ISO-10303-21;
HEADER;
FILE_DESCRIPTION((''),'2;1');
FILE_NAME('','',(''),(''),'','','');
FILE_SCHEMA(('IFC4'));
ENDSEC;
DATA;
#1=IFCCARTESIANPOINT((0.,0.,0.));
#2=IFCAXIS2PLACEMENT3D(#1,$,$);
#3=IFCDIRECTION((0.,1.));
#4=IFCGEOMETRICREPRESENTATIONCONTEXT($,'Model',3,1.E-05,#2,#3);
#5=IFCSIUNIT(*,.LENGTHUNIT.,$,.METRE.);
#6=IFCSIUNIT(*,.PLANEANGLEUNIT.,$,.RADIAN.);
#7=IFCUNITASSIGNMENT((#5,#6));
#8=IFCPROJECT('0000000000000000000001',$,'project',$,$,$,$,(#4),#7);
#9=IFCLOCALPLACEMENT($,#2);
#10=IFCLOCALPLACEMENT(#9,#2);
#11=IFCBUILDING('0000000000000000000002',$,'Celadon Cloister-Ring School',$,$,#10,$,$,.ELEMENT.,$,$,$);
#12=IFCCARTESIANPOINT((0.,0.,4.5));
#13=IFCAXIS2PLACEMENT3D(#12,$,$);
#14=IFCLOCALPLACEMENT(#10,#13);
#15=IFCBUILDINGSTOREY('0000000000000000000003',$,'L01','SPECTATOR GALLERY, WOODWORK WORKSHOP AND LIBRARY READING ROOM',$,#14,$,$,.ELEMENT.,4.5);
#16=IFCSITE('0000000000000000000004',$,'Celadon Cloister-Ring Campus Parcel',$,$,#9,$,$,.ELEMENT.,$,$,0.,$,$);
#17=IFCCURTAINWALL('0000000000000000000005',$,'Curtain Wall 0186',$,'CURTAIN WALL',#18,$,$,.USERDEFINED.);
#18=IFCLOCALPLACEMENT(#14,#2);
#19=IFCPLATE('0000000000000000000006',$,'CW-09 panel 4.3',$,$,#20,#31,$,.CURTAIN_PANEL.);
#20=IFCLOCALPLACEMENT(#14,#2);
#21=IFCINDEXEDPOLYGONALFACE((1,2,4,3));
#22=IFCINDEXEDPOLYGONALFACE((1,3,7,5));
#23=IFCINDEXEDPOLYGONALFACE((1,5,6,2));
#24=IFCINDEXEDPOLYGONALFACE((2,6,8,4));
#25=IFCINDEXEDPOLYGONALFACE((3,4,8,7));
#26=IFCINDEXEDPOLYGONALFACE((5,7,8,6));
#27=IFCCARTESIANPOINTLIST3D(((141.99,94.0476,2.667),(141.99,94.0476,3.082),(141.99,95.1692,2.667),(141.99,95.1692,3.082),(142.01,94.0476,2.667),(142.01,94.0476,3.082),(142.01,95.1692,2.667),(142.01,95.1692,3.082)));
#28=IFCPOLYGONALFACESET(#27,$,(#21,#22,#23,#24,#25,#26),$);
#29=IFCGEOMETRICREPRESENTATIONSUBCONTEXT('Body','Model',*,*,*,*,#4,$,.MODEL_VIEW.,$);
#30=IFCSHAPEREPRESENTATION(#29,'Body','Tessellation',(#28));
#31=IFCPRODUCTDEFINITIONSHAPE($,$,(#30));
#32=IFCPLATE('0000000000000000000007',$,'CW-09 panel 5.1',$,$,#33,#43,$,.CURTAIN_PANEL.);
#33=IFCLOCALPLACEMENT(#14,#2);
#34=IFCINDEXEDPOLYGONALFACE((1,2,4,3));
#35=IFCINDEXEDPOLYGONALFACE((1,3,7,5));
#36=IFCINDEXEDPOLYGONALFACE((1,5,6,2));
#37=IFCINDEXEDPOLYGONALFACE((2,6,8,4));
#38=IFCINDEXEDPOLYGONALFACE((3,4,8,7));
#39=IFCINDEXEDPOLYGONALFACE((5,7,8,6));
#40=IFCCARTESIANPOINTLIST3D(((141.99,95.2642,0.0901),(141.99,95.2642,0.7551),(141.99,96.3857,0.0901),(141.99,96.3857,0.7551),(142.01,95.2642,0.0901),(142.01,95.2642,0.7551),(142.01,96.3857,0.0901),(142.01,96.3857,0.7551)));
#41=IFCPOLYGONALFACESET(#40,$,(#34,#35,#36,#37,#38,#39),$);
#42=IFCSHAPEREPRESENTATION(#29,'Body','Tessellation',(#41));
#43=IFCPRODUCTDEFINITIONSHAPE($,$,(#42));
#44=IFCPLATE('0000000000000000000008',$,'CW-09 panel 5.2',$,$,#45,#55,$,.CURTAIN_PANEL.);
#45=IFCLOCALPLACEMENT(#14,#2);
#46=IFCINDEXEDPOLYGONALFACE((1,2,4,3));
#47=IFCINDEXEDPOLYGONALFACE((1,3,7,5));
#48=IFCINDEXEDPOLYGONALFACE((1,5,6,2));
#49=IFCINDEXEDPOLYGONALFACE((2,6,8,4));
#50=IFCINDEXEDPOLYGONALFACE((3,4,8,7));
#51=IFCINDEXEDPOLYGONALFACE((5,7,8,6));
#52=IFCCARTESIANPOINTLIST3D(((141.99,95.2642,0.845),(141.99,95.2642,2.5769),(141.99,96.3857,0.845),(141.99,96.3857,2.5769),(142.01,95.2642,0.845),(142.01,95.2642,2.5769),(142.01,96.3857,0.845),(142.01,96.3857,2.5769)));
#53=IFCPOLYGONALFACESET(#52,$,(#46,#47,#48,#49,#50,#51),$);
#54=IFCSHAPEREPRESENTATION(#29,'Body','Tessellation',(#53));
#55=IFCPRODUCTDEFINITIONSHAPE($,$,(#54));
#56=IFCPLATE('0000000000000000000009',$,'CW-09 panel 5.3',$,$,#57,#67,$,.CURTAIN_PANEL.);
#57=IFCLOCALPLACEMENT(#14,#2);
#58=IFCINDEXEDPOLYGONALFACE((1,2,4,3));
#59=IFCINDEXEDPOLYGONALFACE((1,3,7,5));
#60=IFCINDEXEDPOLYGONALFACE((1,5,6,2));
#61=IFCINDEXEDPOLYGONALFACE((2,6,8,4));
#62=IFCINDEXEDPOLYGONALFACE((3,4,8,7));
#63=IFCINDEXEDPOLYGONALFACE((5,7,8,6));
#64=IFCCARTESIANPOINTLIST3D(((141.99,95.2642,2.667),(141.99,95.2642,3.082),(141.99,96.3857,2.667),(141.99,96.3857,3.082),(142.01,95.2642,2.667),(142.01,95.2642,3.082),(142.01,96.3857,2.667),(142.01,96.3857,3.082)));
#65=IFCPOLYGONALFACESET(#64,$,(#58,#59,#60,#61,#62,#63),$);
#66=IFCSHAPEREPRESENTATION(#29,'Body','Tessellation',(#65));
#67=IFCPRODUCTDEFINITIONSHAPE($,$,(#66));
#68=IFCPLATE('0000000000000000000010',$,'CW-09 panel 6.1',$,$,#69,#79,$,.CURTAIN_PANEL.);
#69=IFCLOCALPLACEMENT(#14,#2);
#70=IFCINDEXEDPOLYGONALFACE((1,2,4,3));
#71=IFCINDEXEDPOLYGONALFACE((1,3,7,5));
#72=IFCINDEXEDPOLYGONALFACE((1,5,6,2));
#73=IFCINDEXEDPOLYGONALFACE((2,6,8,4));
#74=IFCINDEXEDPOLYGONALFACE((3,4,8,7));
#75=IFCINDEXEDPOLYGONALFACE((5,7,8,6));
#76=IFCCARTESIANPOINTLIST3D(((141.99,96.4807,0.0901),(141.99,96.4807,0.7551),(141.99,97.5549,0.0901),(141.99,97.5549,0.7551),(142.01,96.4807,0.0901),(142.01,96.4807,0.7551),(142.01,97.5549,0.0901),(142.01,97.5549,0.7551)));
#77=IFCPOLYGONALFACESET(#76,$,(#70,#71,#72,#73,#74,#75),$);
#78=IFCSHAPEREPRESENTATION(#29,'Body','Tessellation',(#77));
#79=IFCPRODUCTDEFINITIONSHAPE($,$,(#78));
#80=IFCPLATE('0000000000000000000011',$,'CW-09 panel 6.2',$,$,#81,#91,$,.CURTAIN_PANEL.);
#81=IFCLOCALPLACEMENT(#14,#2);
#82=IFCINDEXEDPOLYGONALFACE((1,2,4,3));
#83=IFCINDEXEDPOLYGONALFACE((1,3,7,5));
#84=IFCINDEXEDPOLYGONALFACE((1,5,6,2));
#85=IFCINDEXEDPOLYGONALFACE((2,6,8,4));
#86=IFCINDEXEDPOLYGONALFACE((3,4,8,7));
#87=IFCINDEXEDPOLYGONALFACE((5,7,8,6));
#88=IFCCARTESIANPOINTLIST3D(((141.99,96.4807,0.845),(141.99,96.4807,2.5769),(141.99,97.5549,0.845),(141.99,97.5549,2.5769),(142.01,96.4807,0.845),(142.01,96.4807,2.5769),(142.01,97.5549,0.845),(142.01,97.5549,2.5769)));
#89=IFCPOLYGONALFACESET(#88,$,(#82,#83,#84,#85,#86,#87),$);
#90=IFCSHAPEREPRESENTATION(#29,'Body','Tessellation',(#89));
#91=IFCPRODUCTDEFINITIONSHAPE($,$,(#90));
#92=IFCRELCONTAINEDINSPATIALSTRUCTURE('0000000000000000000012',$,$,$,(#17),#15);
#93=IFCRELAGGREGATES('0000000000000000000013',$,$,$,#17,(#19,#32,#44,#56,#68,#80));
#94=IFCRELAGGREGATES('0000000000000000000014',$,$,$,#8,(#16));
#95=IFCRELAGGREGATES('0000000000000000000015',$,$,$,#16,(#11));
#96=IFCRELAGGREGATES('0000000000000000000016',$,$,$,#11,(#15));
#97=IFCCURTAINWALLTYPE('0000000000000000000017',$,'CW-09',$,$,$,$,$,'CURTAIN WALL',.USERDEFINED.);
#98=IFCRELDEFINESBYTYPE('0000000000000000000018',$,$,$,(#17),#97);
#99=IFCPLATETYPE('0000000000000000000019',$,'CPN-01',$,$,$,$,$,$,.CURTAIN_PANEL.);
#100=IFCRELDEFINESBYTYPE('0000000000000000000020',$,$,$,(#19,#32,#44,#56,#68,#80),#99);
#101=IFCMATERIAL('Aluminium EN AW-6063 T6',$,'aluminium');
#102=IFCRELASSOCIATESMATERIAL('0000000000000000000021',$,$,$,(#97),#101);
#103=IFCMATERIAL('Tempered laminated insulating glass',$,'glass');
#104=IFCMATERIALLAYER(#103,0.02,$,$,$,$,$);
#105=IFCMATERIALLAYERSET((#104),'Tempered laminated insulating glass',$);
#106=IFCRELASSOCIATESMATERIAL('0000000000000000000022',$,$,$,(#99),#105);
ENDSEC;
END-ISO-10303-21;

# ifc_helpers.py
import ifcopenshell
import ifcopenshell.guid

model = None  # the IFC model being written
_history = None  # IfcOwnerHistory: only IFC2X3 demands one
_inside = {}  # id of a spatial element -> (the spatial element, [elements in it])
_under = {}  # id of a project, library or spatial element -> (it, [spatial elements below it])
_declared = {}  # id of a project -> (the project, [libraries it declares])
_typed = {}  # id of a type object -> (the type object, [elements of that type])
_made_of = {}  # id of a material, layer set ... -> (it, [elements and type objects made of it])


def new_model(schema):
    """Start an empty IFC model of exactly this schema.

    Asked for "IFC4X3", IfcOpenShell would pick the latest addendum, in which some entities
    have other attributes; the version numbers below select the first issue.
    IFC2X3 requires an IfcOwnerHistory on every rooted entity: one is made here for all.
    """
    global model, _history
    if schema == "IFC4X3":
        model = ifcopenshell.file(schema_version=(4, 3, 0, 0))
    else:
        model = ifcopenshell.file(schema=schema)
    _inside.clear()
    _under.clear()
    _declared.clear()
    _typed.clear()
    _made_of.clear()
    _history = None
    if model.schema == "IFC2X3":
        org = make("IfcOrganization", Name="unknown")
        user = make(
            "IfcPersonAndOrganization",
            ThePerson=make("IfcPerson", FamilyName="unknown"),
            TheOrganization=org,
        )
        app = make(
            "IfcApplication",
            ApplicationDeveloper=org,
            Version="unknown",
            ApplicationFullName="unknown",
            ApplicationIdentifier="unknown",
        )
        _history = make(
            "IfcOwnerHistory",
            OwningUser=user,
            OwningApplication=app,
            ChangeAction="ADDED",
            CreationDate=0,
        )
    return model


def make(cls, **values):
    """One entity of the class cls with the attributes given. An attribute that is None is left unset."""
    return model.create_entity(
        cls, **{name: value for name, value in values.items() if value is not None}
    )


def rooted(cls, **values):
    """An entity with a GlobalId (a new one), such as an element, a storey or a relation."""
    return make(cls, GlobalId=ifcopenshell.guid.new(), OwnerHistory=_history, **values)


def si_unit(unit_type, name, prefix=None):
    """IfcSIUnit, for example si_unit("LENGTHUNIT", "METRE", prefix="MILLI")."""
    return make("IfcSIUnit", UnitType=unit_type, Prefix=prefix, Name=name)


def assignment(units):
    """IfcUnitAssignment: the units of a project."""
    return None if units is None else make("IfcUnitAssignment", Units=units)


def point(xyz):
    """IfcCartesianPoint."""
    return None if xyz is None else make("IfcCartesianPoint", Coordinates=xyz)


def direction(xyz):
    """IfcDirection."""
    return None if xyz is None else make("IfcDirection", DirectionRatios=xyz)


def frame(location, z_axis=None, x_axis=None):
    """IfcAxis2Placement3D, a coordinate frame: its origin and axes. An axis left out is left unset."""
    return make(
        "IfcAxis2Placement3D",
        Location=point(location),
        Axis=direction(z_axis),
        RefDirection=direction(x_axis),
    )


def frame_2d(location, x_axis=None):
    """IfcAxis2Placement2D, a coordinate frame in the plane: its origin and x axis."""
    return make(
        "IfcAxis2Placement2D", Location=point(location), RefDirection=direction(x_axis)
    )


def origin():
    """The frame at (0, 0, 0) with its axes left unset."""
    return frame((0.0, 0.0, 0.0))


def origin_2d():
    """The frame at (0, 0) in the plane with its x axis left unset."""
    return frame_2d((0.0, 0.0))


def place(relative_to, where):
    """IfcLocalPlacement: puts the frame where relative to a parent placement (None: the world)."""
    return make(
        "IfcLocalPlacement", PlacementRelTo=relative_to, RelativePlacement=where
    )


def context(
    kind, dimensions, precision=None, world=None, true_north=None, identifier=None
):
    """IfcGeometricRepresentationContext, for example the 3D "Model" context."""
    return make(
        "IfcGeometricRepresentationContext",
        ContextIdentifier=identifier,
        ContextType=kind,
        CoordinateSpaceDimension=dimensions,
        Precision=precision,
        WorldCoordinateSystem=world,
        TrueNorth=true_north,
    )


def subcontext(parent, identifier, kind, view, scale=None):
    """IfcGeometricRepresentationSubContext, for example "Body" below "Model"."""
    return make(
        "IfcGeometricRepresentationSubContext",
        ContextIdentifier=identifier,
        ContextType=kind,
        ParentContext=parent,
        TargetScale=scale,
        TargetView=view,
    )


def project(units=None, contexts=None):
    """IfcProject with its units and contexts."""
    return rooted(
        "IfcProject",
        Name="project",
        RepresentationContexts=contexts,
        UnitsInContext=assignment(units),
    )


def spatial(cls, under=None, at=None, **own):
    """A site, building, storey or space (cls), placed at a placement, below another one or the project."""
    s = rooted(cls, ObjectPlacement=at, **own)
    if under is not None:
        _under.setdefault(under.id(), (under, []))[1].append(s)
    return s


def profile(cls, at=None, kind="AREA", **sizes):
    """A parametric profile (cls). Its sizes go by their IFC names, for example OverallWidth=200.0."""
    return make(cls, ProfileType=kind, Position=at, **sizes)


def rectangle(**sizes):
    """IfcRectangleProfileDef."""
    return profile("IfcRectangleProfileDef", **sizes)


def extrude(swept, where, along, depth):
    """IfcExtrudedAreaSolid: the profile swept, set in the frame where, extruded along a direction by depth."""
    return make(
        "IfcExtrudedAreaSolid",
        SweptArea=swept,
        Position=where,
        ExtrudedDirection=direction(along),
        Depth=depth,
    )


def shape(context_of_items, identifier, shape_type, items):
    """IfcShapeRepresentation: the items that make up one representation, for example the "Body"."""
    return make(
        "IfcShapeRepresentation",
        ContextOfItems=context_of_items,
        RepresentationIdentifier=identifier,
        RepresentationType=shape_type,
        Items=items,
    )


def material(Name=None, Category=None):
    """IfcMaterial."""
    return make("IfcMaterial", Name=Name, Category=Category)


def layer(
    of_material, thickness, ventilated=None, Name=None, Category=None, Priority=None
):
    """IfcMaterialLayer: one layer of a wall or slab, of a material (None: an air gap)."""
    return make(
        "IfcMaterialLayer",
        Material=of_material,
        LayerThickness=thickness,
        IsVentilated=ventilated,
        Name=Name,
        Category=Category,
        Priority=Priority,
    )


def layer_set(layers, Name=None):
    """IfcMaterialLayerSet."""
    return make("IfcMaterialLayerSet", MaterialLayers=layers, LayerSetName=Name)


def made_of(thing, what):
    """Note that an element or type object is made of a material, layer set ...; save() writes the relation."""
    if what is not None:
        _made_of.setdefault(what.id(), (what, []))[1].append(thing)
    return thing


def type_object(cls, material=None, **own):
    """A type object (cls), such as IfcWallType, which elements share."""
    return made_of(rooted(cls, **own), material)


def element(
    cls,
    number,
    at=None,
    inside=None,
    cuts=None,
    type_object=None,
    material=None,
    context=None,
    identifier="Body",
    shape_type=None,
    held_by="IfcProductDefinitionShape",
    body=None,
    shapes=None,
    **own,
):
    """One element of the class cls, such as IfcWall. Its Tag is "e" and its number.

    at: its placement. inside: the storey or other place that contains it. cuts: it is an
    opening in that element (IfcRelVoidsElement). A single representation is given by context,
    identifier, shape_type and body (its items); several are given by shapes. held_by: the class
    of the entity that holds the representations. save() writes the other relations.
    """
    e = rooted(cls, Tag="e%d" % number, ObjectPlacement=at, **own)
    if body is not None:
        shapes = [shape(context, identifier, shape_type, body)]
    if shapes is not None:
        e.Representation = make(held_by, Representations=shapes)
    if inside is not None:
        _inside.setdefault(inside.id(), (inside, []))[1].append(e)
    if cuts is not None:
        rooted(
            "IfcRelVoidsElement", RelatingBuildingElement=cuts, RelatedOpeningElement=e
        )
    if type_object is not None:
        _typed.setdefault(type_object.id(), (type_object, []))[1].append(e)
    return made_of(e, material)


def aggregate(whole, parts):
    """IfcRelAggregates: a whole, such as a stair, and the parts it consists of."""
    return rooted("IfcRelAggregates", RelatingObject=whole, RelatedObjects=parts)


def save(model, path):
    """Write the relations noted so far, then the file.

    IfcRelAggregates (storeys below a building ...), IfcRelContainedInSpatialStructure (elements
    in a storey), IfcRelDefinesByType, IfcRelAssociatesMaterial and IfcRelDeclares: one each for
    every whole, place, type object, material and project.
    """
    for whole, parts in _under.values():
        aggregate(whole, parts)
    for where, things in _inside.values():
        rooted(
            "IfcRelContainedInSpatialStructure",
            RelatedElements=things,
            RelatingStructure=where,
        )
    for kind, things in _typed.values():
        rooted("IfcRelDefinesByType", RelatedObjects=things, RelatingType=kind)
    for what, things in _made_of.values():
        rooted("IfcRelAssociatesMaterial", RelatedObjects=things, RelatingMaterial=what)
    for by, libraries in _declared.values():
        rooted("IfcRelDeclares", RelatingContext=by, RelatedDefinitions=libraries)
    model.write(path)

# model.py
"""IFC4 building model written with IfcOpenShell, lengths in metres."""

from ifc_helpers import new_model, si_unit, direction, frame, origin, origin_2d, place, context, subcontext, project, spatial, rectangle, extrude, material, layer, layer_set, type_object, element, aggregate, save


model = new_model("IFC4")

# Units and contexts
model_context = context("Model", 3, precision=1e-05, world=origin(), true_north=direction((0.0, 1.0)))
body_context = subcontext(model_context, "Body", "Model", "MODEL_VIEW")
ifc_project = project(units=[si_unit("LENGTHUNIT", "METRE"), si_unit("PLANEANGLEUNIT", "RADIAN")], contexts=[model_context])

# Site, building, storey
site_placement = place(None, origin())
site = spatial("IfcSite", under=ifc_project, at=site_placement, Name="Celadon Cloister-Ring Campus Parcel", CompositionType="ELEMENT", RefElevation=0.0)
building_placement = place(site_placement, origin())
building = spatial("IfcBuilding", under=site, at=building_placement, Name="Celadon Cloister-Ring School", CompositionType="ELEMENT")
storey_placement = place(building_placement, frame((0.0, 0.0, 4.5)))
storey = spatial("IfcBuildingStorey", under=building, at=storey_placement, Name="L01", Description="SPECTATOR GALLERY, WOODWORK WORKSHOP AND LIBRARY READING ROOM", CompositionType="ELEMENT", Elevation=4.5)

# Curtain wall, plates
ifc_material_1 = material(Name="Aluminium EN AW-6063 T6", Category="aluminium")
curtain_wall_type = type_object("IfcCurtainWallType", Name="CW-09", ElementType="CURTAIN WALL", PredefinedType="USERDEFINED", material=ifc_material_1)
curtain_wall_placement = place(storey_placement, origin())
curtain_wall = element("IfcCurtainWall", 1, at=curtain_wall_placement, inside=storey, type_object=curtain_wall_type, Name="Curtain Wall 0186", ObjectType="CURTAIN WALL", PredefinedType="USERDEFINED")
ifc_material_2 = material(Name="Tempered laminated insulating glass", Category="glass")
ifc_layer = layer(ifc_material_2, 0.02)
ifc_layer_set = layer_set([ifc_layer], Name="Tempered laminated insulating glass")
plate_type = type_object("IfcPlateType", Name="CPN-01", PredefinedType="CURTAIN_PANEL", material=ifc_layer_set)
plate_1_placement = place(storey_placement, frame((142.0, 94.6084, 2.667), z_axis=(0.0, 0.0, 1.0), x_axis=(0.0, 1.0, 0.0)))
plate_1 = element("IfcPlate", 2, at=plate_1_placement, type_object=plate_type, Name="CW-09 panel 4.3", PredefinedType="CURTAIN_PANEL", context=body_context, shape_type="SweptSolid", body=[
    extrude(rectangle(XDim=1.1216, YDim=0.02, at=origin_2d()), origin(), (0.0, 0.0, 1.0), 0.415),
])
plate_2_placement = place(storey_placement, frame((142.0, 95.825, 0.0901), z_axis=(0.0, 0.0, 1.0), x_axis=(0.0, 1.0, 0.0)))
plate_2 = element("IfcPlate", 3, at=plate_2_placement, type_object=plate_type, Name="CW-09 panel 5.1", PredefinedType="CURTAIN_PANEL", context=body_context, shape_type="SweptSolid", body=[
    extrude(rectangle(XDim=1.1216, YDim=0.02, at=origin_2d()), origin(), (0.0, 0.0, 1.0), 0.665),
])
plate_3_placement = place(storey_placement, frame((142.0, 95.825, 0.845), z_axis=(0.0, 0.0, 1.0), x_axis=(0.0, 1.0, 0.0)))
plate_3 = element("IfcPlate", 4, at=plate_3_placement, type_object=plate_type, Name="CW-09 panel 5.2", PredefinedType="CURTAIN_PANEL", context=body_context, shape_type="SweptSolid", body=[
    extrude(rectangle(XDim=1.1216, YDim=0.02, at=origin_2d()), origin(), (0.0, 0.0, 1.0), 1.7319),
])
plate_4_placement = place(storey_placement, frame((142.0, 95.825, 2.667), z_axis=(0.0, 0.0, 1.0), x_axis=(0.0, 1.0, 0.0)))
plate_4 = element("IfcPlate", 5, at=plate_4_placement, type_object=plate_type, Name="CW-09 panel 5.3", PredefinedType="CURTAIN_PANEL", context=body_context, shape_type="SweptSolid", body=[
    extrude(rectangle(XDim=1.1216, YDim=0.02, at=origin_2d()), origin(), (0.0, 0.0, 1.0), 0.415),
])
plate_5_placement = place(storey_placement, frame((142.0, 97.0178, 0.0901), z_axis=(0.0, 0.0, 1.0), x_axis=(0.0, 1.0, 0.0)))
plate_5 = element("IfcPlate", 6, at=plate_5_placement, type_object=plate_type, Name="CW-09 panel 6.1", PredefinedType="CURTAIN_PANEL", context=body_context, shape_type="SweptSolid", body=[
    extrude(rectangle(XDim=1.0742, YDim=0.02, at=origin_2d()), origin(), (0.0, 0.0, 1.0), 0.665),
])
plate_6_placement = place(storey_placement, frame((142.0, 97.0178, 0.845), z_axis=(0.0, 0.0, 1.0), x_axis=(0.0, 1.0, 0.0)))
plate_6 = element("IfcPlate", 7, at=plate_6_placement, type_object=plate_type, Name="CW-09 panel 6.2", PredefinedType="CURTAIN_PANEL", context=body_context, shape_type="SweptSolid", body=[
    extrude(rectangle(XDim=1.0742, YDim=0.02, at=origin_2d()), origin(), (0.0, 0.0, 1.0), 1.7319),
])
aggregate(curtain_wall, [plate_1, plate_2, plate_3, plate_4, plate_5, plate_6])

save(model, "model.ifc")
